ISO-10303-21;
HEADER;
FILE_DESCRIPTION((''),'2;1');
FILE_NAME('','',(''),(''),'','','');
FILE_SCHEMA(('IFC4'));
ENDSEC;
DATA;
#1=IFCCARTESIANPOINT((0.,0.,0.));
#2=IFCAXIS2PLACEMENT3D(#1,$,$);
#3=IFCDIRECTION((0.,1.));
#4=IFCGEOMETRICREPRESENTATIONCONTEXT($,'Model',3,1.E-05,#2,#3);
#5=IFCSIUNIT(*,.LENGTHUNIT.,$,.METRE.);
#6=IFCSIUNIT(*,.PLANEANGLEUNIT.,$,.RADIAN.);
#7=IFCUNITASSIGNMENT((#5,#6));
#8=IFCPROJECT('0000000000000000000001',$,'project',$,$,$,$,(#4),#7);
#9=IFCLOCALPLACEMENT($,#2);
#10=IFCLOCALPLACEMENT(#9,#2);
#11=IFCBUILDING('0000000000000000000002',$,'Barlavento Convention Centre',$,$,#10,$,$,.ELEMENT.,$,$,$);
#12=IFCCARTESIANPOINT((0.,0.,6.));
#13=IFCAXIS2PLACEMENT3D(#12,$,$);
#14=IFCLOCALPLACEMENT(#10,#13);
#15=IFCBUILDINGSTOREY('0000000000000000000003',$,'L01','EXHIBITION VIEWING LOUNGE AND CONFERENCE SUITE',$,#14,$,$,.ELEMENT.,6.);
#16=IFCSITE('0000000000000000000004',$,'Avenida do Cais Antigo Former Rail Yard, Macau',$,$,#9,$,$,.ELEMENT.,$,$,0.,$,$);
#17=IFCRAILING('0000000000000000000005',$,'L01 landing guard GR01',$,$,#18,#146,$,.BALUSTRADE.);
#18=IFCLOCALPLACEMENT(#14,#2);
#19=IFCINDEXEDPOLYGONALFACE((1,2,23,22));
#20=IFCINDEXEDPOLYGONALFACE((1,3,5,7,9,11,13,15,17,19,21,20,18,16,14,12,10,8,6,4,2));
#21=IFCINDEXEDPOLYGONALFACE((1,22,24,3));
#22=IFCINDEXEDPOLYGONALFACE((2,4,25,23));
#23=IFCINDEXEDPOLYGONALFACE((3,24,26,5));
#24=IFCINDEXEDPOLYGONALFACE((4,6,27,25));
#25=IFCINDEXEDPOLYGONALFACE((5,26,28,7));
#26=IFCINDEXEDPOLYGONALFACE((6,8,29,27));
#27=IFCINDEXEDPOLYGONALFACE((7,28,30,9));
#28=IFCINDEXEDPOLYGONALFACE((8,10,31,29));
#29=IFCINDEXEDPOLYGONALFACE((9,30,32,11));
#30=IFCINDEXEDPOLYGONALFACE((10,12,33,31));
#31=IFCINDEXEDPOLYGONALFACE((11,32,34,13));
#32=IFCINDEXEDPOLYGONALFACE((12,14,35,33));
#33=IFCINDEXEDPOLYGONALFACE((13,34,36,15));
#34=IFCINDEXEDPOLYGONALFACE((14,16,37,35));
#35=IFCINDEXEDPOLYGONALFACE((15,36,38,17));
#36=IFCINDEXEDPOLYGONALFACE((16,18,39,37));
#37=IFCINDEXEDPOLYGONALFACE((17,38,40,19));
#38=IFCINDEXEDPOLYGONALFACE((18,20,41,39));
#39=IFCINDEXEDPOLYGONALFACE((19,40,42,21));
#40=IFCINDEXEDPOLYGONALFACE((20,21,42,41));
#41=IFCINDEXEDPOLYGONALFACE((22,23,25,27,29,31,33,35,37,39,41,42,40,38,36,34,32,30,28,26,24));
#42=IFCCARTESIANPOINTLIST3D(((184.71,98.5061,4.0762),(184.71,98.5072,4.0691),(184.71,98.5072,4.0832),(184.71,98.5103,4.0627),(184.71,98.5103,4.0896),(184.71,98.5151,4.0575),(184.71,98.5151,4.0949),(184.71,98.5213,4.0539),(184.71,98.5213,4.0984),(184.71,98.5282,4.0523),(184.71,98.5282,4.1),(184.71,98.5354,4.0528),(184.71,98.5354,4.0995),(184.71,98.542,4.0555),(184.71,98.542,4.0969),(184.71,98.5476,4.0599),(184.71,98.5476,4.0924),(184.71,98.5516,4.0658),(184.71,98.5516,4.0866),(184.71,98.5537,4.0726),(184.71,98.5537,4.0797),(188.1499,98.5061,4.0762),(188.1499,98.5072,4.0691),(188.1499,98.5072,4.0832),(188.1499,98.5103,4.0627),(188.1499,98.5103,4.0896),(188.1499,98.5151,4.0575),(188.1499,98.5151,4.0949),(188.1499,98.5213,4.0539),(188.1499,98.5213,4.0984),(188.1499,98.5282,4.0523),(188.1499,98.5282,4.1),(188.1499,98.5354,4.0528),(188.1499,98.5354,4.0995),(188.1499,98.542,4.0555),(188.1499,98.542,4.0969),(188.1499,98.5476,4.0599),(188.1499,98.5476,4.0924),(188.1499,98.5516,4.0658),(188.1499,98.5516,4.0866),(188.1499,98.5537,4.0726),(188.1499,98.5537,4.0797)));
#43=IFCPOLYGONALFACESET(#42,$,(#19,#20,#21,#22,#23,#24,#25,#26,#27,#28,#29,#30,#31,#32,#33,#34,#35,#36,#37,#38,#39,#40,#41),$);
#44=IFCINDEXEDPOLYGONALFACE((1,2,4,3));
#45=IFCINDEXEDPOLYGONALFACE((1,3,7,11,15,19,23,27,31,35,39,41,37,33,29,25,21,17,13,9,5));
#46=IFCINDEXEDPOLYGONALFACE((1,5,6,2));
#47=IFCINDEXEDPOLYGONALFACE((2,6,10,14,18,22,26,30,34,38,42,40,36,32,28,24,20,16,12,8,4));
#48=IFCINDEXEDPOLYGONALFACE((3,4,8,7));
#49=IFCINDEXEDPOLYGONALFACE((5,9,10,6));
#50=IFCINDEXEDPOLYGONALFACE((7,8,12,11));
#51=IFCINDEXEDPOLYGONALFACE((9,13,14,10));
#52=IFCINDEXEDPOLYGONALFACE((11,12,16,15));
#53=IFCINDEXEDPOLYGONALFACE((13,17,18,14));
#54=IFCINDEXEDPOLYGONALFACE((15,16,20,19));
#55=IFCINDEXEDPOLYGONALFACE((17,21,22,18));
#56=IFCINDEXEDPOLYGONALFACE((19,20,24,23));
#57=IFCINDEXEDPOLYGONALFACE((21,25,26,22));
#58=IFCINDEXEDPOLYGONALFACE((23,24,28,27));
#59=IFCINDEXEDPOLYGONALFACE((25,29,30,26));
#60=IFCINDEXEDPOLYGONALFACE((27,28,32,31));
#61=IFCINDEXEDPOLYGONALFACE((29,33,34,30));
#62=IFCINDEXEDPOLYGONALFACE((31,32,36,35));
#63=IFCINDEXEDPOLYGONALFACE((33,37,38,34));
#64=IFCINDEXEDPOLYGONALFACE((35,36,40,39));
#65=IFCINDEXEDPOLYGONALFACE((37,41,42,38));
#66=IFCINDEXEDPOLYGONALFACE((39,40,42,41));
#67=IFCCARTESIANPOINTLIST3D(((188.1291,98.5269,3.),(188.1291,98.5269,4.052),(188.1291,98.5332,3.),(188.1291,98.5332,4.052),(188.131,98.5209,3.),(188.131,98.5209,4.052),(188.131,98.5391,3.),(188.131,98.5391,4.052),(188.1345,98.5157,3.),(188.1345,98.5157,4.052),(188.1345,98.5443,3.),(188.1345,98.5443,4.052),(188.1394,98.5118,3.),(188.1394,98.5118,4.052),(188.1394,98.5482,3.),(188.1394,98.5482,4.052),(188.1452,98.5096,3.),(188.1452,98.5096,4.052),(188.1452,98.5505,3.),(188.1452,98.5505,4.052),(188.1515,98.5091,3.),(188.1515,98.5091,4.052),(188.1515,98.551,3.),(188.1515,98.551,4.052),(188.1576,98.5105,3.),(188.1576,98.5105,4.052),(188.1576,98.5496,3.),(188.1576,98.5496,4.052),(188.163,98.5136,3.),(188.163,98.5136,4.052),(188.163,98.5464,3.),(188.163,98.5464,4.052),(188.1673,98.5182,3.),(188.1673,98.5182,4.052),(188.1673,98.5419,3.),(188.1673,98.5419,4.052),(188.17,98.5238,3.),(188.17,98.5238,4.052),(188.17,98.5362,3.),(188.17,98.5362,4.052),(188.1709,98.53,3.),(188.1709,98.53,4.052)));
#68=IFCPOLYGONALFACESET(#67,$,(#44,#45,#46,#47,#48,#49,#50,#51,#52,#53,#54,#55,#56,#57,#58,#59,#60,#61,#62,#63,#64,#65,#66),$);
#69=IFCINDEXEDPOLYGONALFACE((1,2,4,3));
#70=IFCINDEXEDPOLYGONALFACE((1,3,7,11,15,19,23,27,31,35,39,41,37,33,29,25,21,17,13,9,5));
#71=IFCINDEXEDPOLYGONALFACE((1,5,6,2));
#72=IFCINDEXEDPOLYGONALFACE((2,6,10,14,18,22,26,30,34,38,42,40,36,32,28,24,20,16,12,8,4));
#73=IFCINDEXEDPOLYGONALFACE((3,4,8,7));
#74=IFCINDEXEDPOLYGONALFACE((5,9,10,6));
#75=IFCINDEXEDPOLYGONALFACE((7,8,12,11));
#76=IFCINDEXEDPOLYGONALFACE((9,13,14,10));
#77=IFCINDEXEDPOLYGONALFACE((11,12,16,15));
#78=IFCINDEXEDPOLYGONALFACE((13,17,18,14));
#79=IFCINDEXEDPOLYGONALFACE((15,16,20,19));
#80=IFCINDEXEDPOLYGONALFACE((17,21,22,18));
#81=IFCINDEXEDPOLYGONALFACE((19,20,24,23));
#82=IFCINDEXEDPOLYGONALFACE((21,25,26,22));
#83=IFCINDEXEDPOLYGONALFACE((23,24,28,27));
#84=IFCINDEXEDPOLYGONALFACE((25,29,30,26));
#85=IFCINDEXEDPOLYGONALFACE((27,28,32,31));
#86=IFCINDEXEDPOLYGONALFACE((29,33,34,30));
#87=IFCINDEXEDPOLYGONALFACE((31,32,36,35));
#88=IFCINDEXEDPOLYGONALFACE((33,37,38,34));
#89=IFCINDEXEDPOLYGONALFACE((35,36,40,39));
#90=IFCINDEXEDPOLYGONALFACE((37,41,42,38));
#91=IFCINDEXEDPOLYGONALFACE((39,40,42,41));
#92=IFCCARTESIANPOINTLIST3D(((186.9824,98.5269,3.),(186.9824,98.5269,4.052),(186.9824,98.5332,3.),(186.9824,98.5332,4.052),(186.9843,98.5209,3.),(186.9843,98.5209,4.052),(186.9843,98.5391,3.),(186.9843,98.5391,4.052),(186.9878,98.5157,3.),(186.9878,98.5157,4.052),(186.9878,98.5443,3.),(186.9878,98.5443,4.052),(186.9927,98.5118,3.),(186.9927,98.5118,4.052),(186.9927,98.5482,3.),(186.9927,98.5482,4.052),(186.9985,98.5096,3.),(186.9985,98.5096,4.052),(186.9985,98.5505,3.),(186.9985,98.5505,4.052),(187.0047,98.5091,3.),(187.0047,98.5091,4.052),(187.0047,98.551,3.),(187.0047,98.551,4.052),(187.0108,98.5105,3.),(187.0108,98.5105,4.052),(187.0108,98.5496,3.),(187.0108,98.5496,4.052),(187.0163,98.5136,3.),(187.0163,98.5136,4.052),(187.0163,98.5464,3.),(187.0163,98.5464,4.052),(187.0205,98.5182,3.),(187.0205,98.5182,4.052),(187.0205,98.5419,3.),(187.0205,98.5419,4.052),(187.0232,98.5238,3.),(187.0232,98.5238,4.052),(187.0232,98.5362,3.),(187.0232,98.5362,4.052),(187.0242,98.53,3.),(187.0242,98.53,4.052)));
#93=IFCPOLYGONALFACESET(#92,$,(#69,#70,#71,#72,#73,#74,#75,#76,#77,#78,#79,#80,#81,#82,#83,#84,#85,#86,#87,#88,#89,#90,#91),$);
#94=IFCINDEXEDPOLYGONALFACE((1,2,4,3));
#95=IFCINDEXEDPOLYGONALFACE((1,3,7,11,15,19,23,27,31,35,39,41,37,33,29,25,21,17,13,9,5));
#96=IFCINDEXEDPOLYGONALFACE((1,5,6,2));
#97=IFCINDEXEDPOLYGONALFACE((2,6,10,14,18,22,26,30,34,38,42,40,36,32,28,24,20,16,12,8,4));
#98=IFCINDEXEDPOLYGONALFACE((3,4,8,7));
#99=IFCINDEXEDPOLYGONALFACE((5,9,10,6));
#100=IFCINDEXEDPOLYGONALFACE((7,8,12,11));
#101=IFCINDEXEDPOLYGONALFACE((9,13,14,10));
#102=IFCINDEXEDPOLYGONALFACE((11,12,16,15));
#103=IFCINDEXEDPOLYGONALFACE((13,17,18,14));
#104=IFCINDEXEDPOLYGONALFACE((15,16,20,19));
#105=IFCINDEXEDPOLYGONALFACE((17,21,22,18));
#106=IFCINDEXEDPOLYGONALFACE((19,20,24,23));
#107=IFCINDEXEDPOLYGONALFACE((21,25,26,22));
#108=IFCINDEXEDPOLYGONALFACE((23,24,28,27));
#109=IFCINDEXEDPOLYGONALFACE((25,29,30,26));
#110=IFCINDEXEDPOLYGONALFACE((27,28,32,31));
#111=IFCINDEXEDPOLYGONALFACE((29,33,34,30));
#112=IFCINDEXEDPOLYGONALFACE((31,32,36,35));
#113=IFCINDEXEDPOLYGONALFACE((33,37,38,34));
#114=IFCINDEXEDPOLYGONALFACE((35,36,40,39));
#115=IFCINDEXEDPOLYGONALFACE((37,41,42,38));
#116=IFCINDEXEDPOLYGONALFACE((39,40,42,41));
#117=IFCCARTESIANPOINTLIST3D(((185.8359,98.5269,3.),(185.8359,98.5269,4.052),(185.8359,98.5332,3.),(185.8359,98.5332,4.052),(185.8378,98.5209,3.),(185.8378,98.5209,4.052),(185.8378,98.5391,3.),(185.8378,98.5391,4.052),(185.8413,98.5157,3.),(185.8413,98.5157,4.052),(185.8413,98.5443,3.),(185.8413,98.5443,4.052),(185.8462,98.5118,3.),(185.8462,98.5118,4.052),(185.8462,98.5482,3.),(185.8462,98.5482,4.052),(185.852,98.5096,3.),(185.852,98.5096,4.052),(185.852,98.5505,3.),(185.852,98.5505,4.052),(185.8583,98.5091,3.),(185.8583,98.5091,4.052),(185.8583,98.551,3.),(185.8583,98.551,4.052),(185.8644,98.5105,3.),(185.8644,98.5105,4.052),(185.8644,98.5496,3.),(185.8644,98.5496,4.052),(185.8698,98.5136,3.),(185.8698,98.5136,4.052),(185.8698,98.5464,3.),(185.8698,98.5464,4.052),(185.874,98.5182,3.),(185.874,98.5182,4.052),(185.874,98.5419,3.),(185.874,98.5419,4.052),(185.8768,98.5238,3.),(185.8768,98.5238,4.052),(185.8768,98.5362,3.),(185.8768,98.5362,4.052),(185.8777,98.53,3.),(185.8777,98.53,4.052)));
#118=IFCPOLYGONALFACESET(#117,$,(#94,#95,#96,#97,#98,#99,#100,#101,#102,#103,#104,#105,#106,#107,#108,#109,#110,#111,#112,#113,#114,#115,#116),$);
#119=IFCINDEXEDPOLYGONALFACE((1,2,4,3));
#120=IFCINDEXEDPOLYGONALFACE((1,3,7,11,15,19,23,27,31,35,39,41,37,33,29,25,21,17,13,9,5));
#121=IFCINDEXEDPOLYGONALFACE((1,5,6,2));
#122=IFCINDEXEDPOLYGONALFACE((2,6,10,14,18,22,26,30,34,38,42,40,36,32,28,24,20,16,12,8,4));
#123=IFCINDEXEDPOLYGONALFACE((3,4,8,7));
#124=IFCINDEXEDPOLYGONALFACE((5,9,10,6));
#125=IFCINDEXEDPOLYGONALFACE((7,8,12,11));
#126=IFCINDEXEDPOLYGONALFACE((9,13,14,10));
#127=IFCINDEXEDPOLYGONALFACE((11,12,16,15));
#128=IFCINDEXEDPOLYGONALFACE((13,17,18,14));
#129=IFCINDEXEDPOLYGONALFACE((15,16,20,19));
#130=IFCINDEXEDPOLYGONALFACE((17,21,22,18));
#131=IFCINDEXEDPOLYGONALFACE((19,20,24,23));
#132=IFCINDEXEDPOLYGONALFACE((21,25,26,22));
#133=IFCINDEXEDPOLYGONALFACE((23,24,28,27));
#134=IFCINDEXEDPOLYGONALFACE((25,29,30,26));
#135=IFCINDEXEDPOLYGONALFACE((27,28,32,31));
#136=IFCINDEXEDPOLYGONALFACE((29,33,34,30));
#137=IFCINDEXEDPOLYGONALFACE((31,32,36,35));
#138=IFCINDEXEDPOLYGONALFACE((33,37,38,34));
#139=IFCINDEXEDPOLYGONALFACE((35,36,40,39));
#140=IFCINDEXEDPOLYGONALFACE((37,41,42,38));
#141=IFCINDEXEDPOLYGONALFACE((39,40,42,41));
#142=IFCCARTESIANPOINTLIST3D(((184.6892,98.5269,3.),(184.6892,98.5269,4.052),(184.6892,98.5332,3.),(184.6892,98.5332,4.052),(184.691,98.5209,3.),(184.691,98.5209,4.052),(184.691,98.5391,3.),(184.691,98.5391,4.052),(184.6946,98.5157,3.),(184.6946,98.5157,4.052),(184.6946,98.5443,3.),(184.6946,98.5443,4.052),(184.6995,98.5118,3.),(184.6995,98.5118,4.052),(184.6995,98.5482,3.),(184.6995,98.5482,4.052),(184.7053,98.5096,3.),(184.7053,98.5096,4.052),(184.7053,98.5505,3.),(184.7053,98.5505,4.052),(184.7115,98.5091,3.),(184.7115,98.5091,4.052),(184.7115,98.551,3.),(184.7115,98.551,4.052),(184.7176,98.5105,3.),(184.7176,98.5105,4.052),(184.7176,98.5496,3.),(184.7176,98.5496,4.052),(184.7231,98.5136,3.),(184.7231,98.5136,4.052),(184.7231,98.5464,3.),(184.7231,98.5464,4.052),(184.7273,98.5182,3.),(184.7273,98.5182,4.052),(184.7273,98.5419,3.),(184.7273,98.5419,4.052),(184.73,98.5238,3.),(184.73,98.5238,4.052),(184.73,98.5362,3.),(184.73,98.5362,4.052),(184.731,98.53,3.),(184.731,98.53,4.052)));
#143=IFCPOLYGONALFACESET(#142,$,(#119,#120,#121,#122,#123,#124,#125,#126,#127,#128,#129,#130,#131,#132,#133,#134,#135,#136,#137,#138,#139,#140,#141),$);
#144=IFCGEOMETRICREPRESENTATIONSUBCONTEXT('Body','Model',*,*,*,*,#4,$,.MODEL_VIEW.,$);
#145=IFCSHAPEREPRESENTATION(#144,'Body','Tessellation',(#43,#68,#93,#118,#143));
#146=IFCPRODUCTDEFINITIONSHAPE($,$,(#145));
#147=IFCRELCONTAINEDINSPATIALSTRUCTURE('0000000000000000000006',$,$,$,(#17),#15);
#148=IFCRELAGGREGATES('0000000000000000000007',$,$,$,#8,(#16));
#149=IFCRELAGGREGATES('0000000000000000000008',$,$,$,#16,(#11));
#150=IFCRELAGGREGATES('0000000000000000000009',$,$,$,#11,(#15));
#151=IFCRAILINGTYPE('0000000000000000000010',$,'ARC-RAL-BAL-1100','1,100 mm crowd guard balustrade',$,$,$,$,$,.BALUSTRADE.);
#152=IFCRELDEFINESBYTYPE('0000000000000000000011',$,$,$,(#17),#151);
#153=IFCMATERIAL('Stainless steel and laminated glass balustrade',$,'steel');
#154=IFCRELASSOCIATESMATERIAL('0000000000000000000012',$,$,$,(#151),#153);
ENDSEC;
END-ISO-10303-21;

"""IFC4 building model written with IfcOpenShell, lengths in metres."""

from ifc_helpers import new_model, si_unit, direction, frame, origin, origin_2d, place, context, subcontext, project, spatial, circle, extrude, material, type_object, element, save


model = new_model("IFC4")

# Units and contexts
model_context = context("Model", 3, precision=1e-05, world=origin(), true_north=direction((0.0, 1.0)))
body_context = subcontext(model_context, "Body", "Model", "MODEL_VIEW")
ifc_project = project(units=[si_unit("LENGTHUNIT", "METRE"), si_unit("PLANEANGLEUNIT", "RADIAN")], contexts=[model_context])

# Site, building, storey
site_placement = place(None, origin())
site = spatial("IfcSite", under=ifc_project, at=site_placement, Name="Avenida do Cais Antigo Former Rail Yard, Macau", CompositionType="ELEMENT", RefElevation=0.0)
building_placement = place(site_placement, origin())
building = spatial("IfcBuilding", under=site, at=building_placement, Name="Barlavento Convention Centre", CompositionType="ELEMENT")
storey_placement = place(building_placement, frame((0.0, 0.0, 6.0)))
storey = spatial("IfcBuildingStorey", under=building, at=storey_placement, Name="L01", Description="EXHIBITION VIEWING LOUNGE AND CONFERENCE SUITE", CompositionType="ELEMENT", Elevation=6.0)

# Railing
ifc_material_1 = material(Name="Stainless steel and laminated glass balustrade", Category="steel")
railing_type = type_object("IfcRailingType", Name="ARC-RAL-BAL-1100", Description="1,100 mm crowd guard balustrade", PredefinedType="BALUSTRADE", material=ifc_material_1)
for number, where, name in (
    (1, (188.1499, 98.53, 3.0), "L01 landing guard GR01"),
):
    element("IfcRailing", number, at=place(storey_placement, frame(where)), inside=storey, type_object=railing_type, Name=name, PredefinedType="BALUSTRADE", context=body_context, shape_type="SweptSolid", body=[
        extrude(circle(Radius=0.0239, at=origin_2d()), frame((0.0, 0.0, 1.0762), z_axis=(-1.0, 0.0, 0.0), x_axis=(0.0, -1.0, 0.0)), (0.0, 0.0, 1.0), 3.4399),
        extrude(circle(Radius=0.021, at=origin_2d()), origin(), (0.0, 0.0, 1.0), 1.052),
        extrude(circle(Radius=0.021, at=origin_2d()), frame((-1.1467, 0.0, 0.0)), (0.0, 0.0, 1.0), 1.052),
        extrude(circle(Radius=0.021, at=origin_2d()), frame((-2.2932, 0.0, 0.0)), (0.0, 0.0, 1.0), 1.052),
        extrude(circle(Radius=0.021, at=origin_2d()), frame((-3.4399, 0.0, 0.0)), (0.0, 0.0, 1.0), 1.052),
    ])

save(model, "model.ifc")
